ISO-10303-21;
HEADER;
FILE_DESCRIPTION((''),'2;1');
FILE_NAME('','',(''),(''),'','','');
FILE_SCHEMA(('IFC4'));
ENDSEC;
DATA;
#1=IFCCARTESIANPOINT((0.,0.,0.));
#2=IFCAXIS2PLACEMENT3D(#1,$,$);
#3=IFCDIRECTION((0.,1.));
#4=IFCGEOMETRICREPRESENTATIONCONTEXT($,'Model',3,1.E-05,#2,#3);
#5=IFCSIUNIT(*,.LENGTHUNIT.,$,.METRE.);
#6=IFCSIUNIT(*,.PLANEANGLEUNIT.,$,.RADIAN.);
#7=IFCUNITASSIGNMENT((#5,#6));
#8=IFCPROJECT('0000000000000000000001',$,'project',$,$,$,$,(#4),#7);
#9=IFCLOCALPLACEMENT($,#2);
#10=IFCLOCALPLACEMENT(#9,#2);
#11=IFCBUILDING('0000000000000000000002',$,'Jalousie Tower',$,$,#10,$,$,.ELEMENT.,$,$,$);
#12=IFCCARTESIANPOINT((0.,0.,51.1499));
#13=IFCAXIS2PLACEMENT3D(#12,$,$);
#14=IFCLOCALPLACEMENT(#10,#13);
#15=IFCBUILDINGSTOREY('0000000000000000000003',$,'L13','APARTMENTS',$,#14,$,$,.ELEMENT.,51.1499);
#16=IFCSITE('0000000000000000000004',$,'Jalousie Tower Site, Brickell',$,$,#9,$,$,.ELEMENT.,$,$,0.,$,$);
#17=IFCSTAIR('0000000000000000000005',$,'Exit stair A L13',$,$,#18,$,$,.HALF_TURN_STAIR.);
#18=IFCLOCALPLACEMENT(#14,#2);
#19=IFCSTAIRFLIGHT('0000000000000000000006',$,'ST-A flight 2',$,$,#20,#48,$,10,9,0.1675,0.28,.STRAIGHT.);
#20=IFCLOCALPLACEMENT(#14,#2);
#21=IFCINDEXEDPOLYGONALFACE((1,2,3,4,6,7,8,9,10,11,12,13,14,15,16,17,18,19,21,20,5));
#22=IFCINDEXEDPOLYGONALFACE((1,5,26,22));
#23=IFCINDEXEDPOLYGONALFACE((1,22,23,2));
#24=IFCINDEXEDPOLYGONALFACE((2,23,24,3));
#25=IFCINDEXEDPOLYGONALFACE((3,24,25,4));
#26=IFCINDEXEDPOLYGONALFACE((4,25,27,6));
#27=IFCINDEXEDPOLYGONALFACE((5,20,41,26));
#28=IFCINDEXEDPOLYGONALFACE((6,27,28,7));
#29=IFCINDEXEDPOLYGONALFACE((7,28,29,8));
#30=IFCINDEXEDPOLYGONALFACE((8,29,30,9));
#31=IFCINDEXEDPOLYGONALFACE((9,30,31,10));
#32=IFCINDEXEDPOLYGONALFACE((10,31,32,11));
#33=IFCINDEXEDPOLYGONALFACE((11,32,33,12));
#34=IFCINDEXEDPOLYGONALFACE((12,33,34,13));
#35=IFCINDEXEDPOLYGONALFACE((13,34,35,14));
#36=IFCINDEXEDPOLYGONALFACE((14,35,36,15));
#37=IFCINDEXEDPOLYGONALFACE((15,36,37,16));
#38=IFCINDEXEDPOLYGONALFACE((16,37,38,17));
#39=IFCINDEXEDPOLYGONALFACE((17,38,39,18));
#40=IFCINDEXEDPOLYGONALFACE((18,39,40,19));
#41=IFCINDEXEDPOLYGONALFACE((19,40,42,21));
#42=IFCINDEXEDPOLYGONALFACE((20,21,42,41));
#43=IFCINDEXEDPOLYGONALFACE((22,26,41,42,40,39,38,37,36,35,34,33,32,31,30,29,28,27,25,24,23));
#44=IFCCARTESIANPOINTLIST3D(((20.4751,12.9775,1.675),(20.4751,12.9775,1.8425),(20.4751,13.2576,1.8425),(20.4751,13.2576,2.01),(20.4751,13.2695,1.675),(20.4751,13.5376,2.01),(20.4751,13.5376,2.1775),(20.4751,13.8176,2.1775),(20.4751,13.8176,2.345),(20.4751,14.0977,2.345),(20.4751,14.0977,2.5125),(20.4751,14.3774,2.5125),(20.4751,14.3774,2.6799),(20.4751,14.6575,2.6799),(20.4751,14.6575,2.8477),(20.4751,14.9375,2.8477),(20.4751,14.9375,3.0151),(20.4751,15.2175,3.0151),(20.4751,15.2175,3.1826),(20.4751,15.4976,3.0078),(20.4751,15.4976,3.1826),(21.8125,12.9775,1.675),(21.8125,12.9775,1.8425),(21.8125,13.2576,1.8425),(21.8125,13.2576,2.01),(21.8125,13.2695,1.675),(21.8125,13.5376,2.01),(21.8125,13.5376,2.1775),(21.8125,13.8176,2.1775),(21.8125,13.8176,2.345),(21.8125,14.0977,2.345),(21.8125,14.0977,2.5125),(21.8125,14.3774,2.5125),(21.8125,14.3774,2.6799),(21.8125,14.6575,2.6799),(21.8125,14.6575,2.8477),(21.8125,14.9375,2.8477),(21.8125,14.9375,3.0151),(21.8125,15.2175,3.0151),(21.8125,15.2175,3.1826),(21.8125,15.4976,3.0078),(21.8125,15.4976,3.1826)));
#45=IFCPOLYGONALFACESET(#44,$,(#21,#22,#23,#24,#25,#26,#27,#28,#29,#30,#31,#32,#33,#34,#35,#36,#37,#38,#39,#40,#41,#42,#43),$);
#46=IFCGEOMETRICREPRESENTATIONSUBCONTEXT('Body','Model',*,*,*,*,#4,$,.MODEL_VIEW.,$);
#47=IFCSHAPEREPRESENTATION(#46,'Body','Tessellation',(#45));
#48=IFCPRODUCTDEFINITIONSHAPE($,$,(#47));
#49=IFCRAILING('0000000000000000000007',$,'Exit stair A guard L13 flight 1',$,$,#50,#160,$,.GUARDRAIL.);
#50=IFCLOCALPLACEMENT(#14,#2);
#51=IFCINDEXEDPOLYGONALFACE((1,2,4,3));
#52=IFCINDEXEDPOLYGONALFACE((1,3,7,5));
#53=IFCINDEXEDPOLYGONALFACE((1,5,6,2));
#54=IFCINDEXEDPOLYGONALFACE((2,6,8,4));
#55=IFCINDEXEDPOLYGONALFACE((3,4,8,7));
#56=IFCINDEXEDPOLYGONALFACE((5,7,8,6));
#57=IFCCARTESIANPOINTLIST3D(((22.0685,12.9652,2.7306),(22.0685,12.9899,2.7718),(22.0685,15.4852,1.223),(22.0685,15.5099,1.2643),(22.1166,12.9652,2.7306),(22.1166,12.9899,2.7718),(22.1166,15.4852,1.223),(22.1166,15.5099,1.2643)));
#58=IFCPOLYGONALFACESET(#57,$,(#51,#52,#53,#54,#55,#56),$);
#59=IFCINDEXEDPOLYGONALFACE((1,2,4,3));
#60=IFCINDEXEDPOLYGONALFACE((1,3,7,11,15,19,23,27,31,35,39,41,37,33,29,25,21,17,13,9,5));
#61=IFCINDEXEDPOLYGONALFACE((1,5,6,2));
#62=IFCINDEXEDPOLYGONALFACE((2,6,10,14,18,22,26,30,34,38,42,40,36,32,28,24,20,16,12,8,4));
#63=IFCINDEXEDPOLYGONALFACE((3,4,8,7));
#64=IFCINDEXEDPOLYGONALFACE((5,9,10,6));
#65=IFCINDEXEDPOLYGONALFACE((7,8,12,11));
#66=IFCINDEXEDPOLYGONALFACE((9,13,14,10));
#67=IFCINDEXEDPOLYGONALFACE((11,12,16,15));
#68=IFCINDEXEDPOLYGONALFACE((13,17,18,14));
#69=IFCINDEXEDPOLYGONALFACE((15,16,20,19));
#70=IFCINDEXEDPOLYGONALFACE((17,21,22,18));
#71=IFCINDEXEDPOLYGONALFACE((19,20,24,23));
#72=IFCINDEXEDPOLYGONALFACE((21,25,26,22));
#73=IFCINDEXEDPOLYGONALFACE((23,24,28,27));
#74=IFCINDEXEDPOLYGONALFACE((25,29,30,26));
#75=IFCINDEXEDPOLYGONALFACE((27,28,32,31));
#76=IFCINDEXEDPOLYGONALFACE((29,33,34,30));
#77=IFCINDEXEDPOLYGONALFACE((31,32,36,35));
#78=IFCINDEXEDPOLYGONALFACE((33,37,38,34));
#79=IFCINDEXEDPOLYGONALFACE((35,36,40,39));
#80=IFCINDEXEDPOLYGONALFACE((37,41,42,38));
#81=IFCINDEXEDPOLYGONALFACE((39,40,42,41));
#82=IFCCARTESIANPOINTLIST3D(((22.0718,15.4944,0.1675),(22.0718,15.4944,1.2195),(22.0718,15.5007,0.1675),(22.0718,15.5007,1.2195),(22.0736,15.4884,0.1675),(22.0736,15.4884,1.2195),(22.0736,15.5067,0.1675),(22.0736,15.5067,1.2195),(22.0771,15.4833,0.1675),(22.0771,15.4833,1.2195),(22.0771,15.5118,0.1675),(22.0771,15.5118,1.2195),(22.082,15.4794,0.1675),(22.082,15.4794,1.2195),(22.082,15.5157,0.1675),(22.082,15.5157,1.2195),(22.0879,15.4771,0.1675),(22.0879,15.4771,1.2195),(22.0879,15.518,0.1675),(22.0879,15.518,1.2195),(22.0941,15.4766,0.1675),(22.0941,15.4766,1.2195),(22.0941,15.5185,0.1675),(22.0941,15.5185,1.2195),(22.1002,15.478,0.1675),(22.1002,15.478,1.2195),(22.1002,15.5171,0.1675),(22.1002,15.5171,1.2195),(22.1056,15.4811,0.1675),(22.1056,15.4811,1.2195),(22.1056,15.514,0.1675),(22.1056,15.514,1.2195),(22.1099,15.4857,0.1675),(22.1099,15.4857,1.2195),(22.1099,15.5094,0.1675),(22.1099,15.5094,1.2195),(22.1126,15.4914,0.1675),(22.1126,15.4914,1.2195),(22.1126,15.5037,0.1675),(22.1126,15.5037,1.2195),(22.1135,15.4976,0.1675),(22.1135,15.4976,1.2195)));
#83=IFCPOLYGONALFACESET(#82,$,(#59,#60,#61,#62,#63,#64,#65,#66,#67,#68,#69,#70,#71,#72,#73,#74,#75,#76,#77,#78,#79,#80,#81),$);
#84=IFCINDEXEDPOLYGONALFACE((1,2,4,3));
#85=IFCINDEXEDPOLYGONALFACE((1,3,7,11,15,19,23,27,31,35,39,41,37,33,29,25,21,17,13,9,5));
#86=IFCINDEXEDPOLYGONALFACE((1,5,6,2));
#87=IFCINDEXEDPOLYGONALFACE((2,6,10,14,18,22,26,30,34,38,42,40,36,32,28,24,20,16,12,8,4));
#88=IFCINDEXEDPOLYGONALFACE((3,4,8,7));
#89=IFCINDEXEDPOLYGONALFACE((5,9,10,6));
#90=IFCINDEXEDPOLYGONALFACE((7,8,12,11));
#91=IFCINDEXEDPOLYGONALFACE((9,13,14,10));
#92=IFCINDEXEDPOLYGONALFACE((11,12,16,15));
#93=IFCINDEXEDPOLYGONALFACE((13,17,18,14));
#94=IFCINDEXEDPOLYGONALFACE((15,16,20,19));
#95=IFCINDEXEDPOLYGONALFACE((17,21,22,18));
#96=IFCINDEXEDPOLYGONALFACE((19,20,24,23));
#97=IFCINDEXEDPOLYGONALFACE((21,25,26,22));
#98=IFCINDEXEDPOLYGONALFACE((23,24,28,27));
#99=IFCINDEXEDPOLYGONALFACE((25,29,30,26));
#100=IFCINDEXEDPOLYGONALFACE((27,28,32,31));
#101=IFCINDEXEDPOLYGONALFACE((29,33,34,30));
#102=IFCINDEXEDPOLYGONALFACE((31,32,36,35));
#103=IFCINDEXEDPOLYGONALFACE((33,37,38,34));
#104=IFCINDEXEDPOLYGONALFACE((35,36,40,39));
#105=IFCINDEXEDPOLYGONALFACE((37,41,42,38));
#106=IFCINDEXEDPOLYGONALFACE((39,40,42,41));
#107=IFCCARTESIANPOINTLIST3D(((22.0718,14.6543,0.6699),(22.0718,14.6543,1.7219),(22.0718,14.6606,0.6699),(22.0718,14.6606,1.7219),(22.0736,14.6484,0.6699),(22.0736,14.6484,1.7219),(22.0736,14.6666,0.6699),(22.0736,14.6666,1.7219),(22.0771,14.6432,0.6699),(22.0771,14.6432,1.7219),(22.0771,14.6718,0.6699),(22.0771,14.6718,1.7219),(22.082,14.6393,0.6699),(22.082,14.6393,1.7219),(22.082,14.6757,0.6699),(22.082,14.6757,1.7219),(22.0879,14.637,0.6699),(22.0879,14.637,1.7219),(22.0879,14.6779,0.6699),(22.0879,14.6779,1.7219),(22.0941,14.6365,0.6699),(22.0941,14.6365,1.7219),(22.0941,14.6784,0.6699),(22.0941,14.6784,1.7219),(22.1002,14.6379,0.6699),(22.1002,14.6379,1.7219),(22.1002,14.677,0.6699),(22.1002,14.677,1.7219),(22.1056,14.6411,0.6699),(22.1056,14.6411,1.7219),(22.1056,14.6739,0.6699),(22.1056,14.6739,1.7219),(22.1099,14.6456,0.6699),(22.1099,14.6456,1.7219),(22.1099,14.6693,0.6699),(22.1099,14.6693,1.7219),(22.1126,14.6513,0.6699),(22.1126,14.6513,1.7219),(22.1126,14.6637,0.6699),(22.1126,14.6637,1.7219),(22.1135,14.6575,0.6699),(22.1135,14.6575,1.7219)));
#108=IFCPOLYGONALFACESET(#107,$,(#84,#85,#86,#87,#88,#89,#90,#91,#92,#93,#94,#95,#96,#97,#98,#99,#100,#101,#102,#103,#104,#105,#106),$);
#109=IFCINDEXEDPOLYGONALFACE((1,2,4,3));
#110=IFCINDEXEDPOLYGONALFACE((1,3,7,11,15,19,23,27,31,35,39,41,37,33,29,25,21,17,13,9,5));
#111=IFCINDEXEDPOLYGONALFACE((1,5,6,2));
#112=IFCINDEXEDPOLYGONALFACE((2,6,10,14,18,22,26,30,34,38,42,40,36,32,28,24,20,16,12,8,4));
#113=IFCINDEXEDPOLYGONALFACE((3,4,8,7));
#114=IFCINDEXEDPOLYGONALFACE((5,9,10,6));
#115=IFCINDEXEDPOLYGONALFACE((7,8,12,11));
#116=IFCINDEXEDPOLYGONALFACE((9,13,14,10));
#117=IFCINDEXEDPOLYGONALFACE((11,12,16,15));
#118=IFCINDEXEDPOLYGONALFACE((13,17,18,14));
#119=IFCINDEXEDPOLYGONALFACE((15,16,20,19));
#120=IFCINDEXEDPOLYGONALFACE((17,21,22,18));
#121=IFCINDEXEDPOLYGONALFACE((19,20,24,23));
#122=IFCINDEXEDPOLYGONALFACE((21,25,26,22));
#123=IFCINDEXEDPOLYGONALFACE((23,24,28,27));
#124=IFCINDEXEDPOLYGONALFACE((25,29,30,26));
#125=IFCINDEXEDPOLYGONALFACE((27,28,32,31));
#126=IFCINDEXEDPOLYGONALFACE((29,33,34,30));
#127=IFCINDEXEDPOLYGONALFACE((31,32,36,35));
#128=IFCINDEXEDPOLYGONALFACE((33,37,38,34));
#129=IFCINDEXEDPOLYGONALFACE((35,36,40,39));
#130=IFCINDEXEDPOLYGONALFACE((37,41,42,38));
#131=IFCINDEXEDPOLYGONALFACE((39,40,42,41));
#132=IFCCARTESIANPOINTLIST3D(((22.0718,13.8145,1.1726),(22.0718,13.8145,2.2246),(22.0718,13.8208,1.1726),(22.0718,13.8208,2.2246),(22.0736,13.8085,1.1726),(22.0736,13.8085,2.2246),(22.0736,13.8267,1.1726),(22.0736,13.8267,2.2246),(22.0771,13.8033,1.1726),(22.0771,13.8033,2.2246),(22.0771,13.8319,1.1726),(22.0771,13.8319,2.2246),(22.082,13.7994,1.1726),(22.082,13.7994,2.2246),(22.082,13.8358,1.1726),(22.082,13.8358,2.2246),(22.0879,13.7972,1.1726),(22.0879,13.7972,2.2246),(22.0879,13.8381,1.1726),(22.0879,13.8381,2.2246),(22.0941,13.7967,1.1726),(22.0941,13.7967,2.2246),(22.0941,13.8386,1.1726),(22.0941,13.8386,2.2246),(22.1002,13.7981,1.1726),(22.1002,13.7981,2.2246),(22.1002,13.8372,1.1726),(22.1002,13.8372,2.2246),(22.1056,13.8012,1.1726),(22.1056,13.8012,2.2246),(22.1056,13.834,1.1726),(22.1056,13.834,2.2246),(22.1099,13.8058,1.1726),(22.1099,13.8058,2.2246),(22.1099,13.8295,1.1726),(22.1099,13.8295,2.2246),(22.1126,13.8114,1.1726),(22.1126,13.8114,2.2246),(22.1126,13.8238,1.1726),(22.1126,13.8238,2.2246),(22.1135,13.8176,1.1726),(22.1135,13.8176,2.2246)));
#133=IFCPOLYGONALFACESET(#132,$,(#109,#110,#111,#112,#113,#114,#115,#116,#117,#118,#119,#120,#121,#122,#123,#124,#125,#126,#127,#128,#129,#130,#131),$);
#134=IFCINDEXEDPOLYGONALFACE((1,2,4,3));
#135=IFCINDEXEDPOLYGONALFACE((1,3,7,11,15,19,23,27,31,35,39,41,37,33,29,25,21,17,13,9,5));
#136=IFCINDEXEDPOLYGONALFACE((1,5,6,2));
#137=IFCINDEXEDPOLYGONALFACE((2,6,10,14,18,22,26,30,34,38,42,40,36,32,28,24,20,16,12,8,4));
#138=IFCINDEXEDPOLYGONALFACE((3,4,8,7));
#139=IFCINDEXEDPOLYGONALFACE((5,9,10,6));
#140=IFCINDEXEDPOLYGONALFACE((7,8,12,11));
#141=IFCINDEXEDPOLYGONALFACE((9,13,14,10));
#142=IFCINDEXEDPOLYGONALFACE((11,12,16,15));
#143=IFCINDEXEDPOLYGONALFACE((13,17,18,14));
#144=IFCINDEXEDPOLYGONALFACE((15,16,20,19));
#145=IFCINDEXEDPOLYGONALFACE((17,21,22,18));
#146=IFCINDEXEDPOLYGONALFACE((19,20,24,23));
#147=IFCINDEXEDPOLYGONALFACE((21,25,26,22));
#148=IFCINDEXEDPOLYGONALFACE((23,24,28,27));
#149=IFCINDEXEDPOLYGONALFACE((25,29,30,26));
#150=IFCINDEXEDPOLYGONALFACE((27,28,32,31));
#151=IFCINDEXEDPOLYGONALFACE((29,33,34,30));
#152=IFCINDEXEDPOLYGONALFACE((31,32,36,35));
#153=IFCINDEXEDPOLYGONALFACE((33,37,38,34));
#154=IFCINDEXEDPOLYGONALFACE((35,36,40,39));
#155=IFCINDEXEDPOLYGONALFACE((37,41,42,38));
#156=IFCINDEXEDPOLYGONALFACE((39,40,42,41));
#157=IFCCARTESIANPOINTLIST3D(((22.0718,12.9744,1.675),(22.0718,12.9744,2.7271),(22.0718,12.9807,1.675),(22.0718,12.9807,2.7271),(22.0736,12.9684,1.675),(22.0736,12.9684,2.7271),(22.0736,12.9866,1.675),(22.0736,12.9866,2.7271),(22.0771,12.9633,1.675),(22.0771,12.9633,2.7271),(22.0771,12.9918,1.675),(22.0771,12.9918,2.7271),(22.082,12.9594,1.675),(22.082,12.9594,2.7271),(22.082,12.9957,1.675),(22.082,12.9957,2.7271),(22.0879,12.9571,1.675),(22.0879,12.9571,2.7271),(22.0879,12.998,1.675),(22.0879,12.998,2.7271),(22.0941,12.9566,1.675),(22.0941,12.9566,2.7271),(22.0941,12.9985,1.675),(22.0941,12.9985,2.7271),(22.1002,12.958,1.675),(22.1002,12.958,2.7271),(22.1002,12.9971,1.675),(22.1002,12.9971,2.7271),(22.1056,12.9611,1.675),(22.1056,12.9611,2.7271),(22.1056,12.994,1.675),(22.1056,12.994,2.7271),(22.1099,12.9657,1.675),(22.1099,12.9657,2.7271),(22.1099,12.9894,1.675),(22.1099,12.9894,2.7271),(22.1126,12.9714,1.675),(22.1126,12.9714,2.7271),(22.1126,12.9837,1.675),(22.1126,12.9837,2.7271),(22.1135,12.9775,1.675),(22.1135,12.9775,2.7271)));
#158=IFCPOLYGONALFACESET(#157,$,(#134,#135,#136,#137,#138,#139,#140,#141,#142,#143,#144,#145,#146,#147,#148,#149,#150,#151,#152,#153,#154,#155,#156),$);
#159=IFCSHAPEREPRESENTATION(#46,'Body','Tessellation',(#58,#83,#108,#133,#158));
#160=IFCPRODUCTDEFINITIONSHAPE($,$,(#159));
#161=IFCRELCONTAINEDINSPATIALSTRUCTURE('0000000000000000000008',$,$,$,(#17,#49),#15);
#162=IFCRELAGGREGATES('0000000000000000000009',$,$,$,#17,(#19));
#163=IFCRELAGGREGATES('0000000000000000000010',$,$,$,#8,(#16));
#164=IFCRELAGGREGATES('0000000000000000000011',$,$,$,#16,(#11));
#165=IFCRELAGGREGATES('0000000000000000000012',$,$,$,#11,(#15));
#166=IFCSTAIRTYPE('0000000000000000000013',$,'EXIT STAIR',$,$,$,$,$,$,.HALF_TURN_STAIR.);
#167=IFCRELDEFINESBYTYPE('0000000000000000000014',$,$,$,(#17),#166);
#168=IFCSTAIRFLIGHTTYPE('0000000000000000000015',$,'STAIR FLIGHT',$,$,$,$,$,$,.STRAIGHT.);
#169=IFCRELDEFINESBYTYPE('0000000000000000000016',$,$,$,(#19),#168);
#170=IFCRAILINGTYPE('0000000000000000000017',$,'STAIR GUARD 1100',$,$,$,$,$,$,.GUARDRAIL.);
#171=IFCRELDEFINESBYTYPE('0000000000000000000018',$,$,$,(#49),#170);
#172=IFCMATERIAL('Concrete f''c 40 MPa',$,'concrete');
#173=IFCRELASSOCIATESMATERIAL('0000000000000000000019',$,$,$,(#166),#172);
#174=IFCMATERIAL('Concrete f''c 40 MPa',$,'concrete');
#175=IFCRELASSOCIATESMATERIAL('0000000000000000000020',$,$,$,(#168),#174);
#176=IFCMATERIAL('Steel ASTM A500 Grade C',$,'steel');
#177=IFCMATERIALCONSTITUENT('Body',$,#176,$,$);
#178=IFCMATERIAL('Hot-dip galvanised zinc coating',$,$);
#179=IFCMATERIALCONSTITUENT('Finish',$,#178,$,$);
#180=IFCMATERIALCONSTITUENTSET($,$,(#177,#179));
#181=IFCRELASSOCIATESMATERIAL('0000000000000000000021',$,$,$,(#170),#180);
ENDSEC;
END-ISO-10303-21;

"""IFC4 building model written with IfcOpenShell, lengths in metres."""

from ifc_helpers import new_model, si_unit, direction, frame, origin, origin_2d, place, context, subcontext, project, spatial, polyline, rectangle, circle, outline, extrude, material, constituent, constituent_set, type_object, element, aggregate, save


model = new_model("IFC4")

# Units and contexts
model_context = context("Model", 3, precision=1e-05, world=origin(), true_north=direction((0.0, 1.0)))
body_context = subcontext(model_context, "Body", "Model", "MODEL_VIEW")
ifc_project = project(units=[si_unit("LENGTHUNIT", "METRE"), si_unit("PLANEANGLEUNIT", "RADIAN")], contexts=[model_context])

# Site, building, storey
site_placement = place(None, origin())
site = spatial("IfcSite", under=ifc_project, at=site_placement, Name="Jalousie Tower Site, Brickell", CompositionType="ELEMENT", RefElevation=0.0)
building_placement = place(site_placement, origin())
building = spatial("IfcBuilding", under=site, at=building_placement, Name="Jalousie Tower", CompositionType="ELEMENT")
storey_placement = place(building_placement, frame((0.0, 0.0, 51.1499)))
storey = spatial("IfcBuildingStorey", under=building, at=storey_placement, Name="L13", Description="APARTMENTS", CompositionType="ELEMENT", Elevation=51.1499)

# Stair, stair flight
ifc_material_1 = material(Name="Concrete f'c 40 MPa", Category="concrete")
stair_type = type_object("IfcStairType", Name="EXIT STAIR", PredefinedType="HALF_TURN_STAIR", material=ifc_material_1)
stair_placement = place(storey_placement, origin())
stair = element("IfcStair", 1, at=stair_placement, inside=storey, type_object=stair_type, Name="Exit stair A L13", PredefinedType="HALF_TURN_STAIR")
ifc_material_2 = material(Name="Concrete f'c 40 MPa", Category="concrete")
stair_flight_type = type_object("IfcStairFlightType", Name="STAIR FLIGHT", PredefinedType="STRAIGHT", material=ifc_material_2)
stair_flight_1_placement = place(storey_placement, frame((21.1438, 12.9775, 1.675), z_axis=(0.0, 0.0, 1.0), x_axis=(0.0, 1.0, 0.0)))
stair_flight_1 = element("IfcStairFlight", 2, at=stair_flight_1_placement, type_object=stair_flight_type, Name="ST-A flight 2", NumberOfRisers=10, NumberOfTreads=9, PredefinedType="STRAIGHT", RiserHeight=0.1675, TreadLength=0.28, context=body_context, shape_type="SweptSolid", body=[
    extrude(outline(polyline([(0.0, 0.0), (0.0, 0.1675), (0.28, 0.1675), (0.28, 0.335), (0.5601, 0.335), (0.5601, 0.5024), (0.8401, 0.5024), (0.8401, 0.6699), (1.1201, 0.6699), (1.1201, 0.8374), (1.3999, 0.8374), (1.3999, 1.0049), (1.6799, 1.0049), (1.6799, 1.1726), (1.96, 1.1726), (1.96, 1.3401), (2.24, 1.3401), (2.24, 1.5076), (2.52, 1.5076), (2.52, 1.675), (2.52, 1.3328), (0.292, 0.0), (0.0, 0.0)])), frame((0.0, 0.6687, 0.0), z_axis=(0.0, -1.0, 0.0), x_axis=(1.0, 0.0, 0.0)), (0.0, 0.0, 1.0), 1.3374),
])
aggregate(stair, [stair_flight_1])

# Railing
ifc_material_3 = material(Name="Steel ASTM A500 Grade C", Category="steel")
ifc_constituent_1 = constituent(ifc_material_3, Name="Body")
ifc_material_4 = material(Name="Hot-dip galvanised zinc coating")
ifc_constituent_2 = constituent(ifc_material_4, Name="Finish")
ifc_constituent_set_1 = constituent_set(constituents=[ifc_constituent_1, ifc_constituent_2])
railing_type_1 = type_object("IfcRailingType", Name="STAIR GUARD 1100", PredefinedType="GUARDRAIL", material=ifc_constituent_set_1)
railing_1_placement = place(storey_placement, frame((22.0925, 15.4976, 0.1675)))
element("IfcRailing", 3, at=railing_1_placement, inside=storey, type_object=railing_type_1, Name="Exit stair A guard L13 flight 1", PredefinedType="GUARDRAIL", context=body_context, shape_type="SweptSolid", body=[
    extrude(rectangle(XDim=0.0481, YDim=0.0481, at=origin_2d()), frame((0.0, 0.0, 1.0762), z_axis=(0.0, -0.85816, 0.513383), x_axis=(1.0, 0.0, 0.0)), (0.0, 0.0, 1.0), 2.9365),
    extrude(circle(Radius=0.021, at=origin_2d()), origin(), (0.0, 0.0, 1.0), 1.052),
    extrude(circle(Radius=0.021, at=origin_2d()), frame((0.0, -0.8401, 0.5024)), (0.0, 0.0, 1.0), 1.052),
    extrude(circle(Radius=0.021, at=origin_2d()), frame((0.0, -1.6799, 1.0051)), (0.0, 0.0, 1.0), 1.052),
    extrude(circle(Radius=0.021, at=origin_2d()), frame((0.0, -2.52, 1.5076)), (0.0, 0.0, 1.0), 1.052),
])

save(model, "model.ifc")
